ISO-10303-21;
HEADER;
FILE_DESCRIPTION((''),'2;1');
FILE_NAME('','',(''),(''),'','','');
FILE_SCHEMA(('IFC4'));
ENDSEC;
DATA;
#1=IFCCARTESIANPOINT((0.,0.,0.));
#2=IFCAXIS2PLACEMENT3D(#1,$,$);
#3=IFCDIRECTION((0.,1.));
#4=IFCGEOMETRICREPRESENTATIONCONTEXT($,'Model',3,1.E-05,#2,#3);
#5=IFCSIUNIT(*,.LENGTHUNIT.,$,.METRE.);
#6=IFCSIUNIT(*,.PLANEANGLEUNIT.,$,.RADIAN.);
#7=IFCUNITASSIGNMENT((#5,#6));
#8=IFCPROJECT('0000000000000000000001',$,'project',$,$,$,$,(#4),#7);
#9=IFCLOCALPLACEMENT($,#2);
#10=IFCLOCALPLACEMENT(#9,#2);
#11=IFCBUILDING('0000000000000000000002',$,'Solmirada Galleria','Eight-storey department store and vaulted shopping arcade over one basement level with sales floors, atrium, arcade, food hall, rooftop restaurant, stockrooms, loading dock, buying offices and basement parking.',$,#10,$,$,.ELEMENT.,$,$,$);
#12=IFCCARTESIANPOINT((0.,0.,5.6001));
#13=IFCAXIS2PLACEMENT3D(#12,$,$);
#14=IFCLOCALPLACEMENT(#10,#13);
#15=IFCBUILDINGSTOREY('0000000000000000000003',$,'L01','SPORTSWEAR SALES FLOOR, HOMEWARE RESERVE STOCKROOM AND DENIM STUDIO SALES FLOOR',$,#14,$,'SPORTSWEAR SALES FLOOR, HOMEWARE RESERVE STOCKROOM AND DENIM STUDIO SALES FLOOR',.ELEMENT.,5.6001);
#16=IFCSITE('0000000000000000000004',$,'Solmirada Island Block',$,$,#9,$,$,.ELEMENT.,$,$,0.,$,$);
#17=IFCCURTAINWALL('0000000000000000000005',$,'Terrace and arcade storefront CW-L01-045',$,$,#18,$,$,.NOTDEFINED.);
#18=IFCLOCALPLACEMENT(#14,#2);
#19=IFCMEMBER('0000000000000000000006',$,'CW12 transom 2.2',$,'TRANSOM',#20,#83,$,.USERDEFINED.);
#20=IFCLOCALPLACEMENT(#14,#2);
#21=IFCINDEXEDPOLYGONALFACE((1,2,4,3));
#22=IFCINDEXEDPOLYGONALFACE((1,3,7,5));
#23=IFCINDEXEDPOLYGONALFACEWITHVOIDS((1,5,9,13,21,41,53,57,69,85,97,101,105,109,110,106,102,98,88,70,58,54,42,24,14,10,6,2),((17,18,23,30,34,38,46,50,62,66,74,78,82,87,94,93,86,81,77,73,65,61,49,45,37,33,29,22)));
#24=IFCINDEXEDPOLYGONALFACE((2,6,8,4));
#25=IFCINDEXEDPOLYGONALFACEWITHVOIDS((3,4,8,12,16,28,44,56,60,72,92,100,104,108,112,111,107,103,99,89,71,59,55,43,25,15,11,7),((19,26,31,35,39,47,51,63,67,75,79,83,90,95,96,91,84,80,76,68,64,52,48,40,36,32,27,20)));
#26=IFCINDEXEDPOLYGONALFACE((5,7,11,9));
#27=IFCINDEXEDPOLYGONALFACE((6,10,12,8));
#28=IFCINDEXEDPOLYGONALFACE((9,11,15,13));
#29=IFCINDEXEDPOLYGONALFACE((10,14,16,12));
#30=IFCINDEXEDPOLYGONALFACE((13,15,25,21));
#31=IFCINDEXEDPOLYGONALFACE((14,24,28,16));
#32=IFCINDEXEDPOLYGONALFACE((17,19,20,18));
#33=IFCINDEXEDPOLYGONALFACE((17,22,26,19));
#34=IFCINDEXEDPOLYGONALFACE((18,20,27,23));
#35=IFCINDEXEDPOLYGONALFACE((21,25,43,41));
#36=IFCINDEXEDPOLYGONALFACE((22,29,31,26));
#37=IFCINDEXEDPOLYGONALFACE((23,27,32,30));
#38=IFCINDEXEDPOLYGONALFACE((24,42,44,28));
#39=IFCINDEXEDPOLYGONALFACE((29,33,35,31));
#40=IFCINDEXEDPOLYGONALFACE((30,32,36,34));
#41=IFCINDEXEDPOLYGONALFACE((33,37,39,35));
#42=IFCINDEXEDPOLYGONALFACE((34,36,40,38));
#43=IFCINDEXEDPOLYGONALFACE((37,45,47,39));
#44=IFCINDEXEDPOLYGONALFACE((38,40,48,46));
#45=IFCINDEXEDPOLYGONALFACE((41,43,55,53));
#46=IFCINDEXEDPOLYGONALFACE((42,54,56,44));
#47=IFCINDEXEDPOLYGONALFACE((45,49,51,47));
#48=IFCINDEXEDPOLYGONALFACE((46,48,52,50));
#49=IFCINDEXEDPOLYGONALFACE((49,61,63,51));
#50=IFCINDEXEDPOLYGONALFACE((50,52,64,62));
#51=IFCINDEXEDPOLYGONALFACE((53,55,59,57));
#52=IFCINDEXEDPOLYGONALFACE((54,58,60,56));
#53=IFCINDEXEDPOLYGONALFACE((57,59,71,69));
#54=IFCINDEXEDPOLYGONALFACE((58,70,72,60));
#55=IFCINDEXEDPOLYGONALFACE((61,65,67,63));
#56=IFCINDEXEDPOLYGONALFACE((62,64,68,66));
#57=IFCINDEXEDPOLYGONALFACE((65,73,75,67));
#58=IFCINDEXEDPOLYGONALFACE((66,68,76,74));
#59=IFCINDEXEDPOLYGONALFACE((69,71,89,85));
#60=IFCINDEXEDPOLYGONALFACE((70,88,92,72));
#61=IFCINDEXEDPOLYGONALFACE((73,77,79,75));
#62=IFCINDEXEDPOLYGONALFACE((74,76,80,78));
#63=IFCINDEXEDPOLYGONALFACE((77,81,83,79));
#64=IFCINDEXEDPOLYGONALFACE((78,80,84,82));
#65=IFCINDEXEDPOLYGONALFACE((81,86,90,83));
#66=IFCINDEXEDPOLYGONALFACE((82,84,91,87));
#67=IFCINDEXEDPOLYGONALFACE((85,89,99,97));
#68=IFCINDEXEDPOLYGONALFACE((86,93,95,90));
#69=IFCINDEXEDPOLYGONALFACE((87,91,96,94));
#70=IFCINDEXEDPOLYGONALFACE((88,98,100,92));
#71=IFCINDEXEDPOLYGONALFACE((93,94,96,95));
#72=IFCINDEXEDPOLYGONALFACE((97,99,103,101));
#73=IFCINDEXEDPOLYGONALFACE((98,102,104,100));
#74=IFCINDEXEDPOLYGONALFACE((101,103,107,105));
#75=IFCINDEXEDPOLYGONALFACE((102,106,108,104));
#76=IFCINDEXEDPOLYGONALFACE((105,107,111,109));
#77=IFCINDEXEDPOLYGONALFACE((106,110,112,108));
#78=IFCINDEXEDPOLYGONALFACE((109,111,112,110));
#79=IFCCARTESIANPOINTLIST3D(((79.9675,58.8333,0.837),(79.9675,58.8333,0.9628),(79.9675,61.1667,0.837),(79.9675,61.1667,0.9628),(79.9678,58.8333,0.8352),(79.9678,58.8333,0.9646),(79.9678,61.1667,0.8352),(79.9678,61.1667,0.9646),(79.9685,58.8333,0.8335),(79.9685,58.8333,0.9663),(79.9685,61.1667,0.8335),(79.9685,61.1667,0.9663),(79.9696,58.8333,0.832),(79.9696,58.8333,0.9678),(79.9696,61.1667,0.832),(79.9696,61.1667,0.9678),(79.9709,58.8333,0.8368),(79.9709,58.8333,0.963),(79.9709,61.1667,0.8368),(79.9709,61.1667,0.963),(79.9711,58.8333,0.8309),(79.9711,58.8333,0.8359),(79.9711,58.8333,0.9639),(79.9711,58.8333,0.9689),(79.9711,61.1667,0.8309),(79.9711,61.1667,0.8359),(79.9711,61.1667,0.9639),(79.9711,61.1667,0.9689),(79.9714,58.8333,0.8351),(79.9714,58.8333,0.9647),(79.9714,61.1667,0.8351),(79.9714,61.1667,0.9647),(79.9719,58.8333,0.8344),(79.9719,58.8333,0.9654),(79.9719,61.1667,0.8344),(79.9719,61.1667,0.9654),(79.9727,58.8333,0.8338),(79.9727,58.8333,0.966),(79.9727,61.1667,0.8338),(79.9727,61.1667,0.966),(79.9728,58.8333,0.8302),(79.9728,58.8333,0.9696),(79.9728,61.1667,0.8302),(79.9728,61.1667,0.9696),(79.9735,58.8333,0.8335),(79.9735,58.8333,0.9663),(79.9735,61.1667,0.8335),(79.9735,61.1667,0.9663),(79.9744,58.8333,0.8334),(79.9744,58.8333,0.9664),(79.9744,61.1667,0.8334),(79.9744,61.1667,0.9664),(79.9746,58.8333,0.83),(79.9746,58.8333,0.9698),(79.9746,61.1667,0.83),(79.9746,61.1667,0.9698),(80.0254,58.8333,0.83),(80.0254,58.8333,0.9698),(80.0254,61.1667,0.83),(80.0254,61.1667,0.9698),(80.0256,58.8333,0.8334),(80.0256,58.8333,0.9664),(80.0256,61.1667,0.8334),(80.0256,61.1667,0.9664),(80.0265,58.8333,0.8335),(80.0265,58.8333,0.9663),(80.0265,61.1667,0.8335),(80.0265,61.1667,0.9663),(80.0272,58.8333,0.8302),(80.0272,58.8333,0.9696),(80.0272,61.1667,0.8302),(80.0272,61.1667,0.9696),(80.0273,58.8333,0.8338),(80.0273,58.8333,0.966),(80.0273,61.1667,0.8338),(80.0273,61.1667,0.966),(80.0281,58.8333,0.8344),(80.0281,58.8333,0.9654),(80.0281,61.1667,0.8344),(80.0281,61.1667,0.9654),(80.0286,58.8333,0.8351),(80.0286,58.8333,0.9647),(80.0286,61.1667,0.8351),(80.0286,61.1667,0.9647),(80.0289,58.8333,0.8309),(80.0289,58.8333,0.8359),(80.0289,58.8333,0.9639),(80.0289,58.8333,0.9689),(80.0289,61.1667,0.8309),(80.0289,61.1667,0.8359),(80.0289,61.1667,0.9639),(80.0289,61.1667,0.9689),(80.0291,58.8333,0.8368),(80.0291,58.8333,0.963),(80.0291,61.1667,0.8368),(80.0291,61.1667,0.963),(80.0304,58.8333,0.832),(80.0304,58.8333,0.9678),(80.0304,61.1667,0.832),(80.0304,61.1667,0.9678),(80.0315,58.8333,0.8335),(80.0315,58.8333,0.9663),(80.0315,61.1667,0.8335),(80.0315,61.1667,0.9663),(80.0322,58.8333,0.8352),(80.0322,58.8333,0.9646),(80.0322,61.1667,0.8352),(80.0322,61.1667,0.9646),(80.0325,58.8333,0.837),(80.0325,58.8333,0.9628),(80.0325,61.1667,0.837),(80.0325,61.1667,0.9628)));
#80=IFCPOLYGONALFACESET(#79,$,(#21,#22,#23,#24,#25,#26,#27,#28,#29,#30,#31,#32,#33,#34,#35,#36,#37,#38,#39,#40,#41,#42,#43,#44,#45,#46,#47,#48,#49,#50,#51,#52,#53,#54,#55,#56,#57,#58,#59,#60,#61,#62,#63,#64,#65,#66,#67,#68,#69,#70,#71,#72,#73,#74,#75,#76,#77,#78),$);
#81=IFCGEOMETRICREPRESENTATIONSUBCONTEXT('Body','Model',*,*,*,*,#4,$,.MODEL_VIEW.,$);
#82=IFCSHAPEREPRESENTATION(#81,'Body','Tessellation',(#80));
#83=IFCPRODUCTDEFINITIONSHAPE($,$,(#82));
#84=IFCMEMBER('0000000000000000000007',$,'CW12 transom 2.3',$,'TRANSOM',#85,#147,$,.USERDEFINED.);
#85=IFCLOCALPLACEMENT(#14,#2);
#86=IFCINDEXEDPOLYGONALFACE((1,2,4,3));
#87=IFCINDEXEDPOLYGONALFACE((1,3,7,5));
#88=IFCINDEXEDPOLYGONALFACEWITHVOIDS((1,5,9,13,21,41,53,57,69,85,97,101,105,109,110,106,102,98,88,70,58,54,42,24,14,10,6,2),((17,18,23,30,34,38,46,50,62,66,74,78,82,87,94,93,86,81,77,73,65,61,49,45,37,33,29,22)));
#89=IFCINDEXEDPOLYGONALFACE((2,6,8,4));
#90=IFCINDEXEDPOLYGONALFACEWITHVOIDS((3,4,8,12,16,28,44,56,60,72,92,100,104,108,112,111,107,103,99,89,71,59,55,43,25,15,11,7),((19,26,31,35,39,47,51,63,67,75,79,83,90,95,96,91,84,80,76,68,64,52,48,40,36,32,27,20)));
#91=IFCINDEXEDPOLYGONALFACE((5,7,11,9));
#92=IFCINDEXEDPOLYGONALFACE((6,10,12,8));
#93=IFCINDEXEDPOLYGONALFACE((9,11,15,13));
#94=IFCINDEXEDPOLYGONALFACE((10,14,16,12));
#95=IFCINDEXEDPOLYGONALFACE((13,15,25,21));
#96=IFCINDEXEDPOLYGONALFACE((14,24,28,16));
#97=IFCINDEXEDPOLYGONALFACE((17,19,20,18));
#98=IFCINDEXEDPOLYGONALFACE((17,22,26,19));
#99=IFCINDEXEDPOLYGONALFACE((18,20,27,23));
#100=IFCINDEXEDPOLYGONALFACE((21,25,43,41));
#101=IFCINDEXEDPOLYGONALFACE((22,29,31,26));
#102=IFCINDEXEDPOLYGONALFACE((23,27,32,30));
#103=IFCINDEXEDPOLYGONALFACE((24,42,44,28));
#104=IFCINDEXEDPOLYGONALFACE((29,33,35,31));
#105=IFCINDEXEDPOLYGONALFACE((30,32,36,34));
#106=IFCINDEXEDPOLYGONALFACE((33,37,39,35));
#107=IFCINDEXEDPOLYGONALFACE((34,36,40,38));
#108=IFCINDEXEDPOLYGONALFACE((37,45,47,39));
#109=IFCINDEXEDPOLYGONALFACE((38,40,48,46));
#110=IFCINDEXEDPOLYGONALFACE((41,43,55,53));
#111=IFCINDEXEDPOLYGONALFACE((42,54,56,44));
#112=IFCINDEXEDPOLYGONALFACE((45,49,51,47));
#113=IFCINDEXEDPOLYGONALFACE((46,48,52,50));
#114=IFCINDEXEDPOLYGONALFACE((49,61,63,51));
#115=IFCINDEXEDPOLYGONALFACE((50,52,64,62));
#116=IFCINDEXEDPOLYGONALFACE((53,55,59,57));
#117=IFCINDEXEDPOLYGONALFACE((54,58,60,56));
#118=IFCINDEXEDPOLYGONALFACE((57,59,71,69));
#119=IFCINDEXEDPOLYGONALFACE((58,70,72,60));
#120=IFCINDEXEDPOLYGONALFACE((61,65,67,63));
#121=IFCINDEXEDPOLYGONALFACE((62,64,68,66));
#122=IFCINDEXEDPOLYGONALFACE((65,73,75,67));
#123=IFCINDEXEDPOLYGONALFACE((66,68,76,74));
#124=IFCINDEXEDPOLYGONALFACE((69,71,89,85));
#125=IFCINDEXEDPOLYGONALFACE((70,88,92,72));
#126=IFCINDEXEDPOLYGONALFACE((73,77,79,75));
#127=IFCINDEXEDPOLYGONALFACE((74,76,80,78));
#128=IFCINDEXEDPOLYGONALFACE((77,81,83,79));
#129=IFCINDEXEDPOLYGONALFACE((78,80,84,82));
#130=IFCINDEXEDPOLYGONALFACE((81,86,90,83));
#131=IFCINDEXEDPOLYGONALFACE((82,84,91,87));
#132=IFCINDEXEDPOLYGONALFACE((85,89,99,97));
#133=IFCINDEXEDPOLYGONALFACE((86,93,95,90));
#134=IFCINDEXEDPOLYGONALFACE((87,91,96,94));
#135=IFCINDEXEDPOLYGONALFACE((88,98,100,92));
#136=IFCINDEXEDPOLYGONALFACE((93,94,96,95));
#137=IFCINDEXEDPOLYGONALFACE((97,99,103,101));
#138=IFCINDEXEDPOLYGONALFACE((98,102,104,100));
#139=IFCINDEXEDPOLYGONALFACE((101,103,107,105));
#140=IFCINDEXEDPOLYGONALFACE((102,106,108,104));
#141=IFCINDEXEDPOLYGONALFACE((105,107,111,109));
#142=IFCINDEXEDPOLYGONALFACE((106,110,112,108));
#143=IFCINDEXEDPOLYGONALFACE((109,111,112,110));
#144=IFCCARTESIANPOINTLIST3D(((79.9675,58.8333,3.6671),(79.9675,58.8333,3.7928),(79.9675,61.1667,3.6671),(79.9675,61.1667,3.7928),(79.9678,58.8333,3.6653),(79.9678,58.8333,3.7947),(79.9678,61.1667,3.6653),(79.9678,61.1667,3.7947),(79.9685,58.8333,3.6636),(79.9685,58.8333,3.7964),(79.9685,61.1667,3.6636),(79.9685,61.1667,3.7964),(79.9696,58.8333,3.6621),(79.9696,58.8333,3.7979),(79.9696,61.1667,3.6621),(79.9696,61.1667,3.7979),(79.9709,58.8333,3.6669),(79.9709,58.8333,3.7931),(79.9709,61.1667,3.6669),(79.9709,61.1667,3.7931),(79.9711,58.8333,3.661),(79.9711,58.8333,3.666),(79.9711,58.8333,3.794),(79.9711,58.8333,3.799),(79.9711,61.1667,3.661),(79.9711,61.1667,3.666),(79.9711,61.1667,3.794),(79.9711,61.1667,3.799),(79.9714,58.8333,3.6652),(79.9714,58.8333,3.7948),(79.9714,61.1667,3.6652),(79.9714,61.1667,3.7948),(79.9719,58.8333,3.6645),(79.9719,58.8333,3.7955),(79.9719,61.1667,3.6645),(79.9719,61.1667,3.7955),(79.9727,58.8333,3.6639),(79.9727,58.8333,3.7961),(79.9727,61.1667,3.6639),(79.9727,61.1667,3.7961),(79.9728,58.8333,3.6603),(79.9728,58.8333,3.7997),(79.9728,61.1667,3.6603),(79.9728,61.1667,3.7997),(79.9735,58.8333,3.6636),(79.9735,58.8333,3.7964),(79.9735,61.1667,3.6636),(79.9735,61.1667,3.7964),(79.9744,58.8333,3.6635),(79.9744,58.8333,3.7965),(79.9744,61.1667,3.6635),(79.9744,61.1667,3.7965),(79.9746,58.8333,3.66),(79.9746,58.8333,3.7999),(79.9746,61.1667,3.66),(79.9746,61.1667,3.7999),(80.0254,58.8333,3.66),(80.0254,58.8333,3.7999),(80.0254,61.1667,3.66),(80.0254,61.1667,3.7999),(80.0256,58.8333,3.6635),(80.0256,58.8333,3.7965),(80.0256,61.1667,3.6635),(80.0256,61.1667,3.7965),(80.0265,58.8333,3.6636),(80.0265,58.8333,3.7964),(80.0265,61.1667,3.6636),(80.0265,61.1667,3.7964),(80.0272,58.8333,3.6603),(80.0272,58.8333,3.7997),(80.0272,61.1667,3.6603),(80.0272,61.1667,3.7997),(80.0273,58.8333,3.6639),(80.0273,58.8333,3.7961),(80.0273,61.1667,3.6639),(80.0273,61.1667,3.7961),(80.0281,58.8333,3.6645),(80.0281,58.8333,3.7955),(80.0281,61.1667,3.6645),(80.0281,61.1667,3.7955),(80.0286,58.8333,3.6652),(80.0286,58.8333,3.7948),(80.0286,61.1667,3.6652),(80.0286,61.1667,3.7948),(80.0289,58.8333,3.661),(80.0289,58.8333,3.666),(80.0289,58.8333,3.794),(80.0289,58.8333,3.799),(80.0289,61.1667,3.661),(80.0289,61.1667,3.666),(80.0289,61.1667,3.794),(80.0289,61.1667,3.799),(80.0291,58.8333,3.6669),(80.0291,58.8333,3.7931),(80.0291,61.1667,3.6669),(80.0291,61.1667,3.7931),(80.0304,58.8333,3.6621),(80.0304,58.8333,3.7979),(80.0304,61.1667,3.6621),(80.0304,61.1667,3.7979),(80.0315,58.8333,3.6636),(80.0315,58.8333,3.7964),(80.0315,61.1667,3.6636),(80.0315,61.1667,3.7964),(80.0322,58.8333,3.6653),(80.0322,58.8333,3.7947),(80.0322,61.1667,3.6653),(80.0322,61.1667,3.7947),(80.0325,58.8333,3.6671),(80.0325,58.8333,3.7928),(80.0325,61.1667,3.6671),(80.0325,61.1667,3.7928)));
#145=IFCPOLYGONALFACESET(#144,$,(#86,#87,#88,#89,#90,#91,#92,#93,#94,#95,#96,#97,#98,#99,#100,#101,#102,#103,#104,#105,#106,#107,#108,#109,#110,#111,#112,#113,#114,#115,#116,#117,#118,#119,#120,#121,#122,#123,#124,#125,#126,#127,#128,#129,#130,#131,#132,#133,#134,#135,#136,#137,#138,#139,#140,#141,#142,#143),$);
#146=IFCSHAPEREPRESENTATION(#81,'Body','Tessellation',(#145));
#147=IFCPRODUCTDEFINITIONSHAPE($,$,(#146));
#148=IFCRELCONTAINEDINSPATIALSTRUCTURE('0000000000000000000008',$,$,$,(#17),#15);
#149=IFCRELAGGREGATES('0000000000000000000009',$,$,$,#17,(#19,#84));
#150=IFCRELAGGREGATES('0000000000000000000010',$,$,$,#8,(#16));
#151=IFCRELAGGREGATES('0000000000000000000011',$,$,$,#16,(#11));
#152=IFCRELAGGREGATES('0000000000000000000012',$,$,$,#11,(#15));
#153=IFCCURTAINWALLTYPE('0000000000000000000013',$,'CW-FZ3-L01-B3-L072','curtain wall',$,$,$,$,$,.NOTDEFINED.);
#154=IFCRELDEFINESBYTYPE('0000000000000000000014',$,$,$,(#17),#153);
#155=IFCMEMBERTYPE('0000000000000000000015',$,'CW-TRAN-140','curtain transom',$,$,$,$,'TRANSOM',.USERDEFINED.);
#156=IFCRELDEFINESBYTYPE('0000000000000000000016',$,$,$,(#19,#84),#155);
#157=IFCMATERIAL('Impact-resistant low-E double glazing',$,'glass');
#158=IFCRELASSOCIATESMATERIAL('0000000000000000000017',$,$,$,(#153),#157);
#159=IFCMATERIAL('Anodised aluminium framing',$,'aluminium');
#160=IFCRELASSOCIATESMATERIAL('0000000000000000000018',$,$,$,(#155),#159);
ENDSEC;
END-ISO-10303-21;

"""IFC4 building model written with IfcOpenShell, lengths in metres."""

from ifc_helpers import new_model, si_unit, direction, frame, origin, origin_2d, place, context, subcontext, project, spatial, hollow_rectangle, extrude, material, material_profile, profile_set, type_object, element, aggregate, save


model = new_model("IFC4")

# Units and contexts
model_context = context("Model", 3, precision=1e-05, world=origin(), true_north=direction((0.0, 1.0)))
body_context = subcontext(model_context, "Body", "Model", "MODEL_VIEW")
ifc_project = project(units=[si_unit("LENGTHUNIT", "METRE"), si_unit("PLANEANGLEUNIT", "RADIAN")], contexts=[model_context])

# Site, building, storey
site_placement = place(None, origin())
site = spatial("IfcSite", under=ifc_project, at=site_placement, Name="Solmirada Island Block", CompositionType="ELEMENT", RefElevation=0.0)
building_placement = place(site_placement, origin())
building = spatial("IfcBuilding", under=site, at=building_placement, Name="Solmirada Galleria", Description="Eight-storey department store and vaulted shopping arcade over one basement level with sales floors, atrium, arcade, food hall, rooftop restaurant, stockrooms, loading dock, buying offices and basement parking.", CompositionType="ELEMENT")
storey_placement = place(building_placement, frame((0.0, 0.0, 5.6001)))
storey = spatial("IfcBuildingStorey", under=building, at=storey_placement, Name="L01", Description="SPORTSWEAR SALES FLOOR, HOMEWARE RESERVE STOCKROOM AND DENIM STUDIO SALES FLOOR", LongName="SPORTSWEAR SALES FLOOR, HOMEWARE RESERVE STOCKROOM AND DENIM STUDIO SALES FLOOR", CompositionType="ELEMENT", Elevation=5.6001)

# Curtain wall
ifc_material_1 = material(Name="Impact-resistant low-E double glazing", Category="glass")
curtain_wall_type = type_object("IfcCurtainWallType", Name="CW-FZ3-L01-B3-L072", Description="curtain wall", PredefinedType="NOTDEFINED", material=ifc_material_1)
curtain_wall_1_placement = place(storey_placement, origin())
curtain_wall_1 = element("IfcCurtainWall", 1, at=curtain_wall_1_placement, inside=storey, type_object=curtain_wall_type, Name="Terrace and arcade storefront CW-L01-045", PredefinedType="NOTDEFINED")
ifc_material_2 = material(Name="Anodised aluminium framing", Category="aluminium")

# Members
ifc_material_profile_1 = material_profile(ifc_material_2, hollow_rectangle(XDim=0.0649, YDim=0.1399, WallThickness=0.0034, InnerFilletRadius=0.0034, OuterFilletRadius=0.0071, at=origin_2d()), Name="ALU-TRAN-140X65")
ifc_profile_set_1 = profile_set([ifc_material_profile_1], Name="Anodised aluminium framing")
member_type_1 = type_object("IfcMemberType", Name="CW-TRAN-140", Description="curtain transom", ElementType="TRANSOM", PredefinedType="USERDEFINED", material=ifc_profile_set_1)
member_1_placement = place(storey_placement, frame((80.0, 58.8333, 0.8999), z_axis=(0.0, 1.0, 0.0), x_axis=(-1.0, 0.0, 0.0)))
member_1 = element("IfcMember", 2, at=member_1_placement, type_object=member_type_1, Name="CW12 transom 2.2", ObjectType="TRANSOM", PredefinedType="USERDEFINED", context=body_context, shape_type="SweptSolid", body=[
    extrude(hollow_rectangle(XDim=0.0649, YDim=0.1399, WallThickness=0.0034, InnerFilletRadius=0.0034, OuterFilletRadius=0.0071, at=origin_2d()), origin(), (0.0, 0.0, 1.0), 2.3335),
])
member_2_placement = place(storey_placement, frame((80.0, 58.8333, 3.73), z_axis=(0.0, 1.0, 0.0), x_axis=(-1.0, 0.0, 0.0)))
member_2 = element("IfcMember", 3, at=member_2_placement, type_object=member_type_1, Name="CW12 transom 2.3", ObjectType="TRANSOM", PredefinedType="USERDEFINED", context=body_context, shape_type="SweptSolid", body=[
    extrude(hollow_rectangle(XDim=0.0649, YDim=0.1399, WallThickness=0.0034, InnerFilletRadius=0.0034, OuterFilletRadius=0.0071, at=origin_2d()), origin(), (0.0, 0.0, 1.0), 2.3335),
])

aggregate(curtain_wall_1, [member_1, member_2])

save(model, "model.ifc")
